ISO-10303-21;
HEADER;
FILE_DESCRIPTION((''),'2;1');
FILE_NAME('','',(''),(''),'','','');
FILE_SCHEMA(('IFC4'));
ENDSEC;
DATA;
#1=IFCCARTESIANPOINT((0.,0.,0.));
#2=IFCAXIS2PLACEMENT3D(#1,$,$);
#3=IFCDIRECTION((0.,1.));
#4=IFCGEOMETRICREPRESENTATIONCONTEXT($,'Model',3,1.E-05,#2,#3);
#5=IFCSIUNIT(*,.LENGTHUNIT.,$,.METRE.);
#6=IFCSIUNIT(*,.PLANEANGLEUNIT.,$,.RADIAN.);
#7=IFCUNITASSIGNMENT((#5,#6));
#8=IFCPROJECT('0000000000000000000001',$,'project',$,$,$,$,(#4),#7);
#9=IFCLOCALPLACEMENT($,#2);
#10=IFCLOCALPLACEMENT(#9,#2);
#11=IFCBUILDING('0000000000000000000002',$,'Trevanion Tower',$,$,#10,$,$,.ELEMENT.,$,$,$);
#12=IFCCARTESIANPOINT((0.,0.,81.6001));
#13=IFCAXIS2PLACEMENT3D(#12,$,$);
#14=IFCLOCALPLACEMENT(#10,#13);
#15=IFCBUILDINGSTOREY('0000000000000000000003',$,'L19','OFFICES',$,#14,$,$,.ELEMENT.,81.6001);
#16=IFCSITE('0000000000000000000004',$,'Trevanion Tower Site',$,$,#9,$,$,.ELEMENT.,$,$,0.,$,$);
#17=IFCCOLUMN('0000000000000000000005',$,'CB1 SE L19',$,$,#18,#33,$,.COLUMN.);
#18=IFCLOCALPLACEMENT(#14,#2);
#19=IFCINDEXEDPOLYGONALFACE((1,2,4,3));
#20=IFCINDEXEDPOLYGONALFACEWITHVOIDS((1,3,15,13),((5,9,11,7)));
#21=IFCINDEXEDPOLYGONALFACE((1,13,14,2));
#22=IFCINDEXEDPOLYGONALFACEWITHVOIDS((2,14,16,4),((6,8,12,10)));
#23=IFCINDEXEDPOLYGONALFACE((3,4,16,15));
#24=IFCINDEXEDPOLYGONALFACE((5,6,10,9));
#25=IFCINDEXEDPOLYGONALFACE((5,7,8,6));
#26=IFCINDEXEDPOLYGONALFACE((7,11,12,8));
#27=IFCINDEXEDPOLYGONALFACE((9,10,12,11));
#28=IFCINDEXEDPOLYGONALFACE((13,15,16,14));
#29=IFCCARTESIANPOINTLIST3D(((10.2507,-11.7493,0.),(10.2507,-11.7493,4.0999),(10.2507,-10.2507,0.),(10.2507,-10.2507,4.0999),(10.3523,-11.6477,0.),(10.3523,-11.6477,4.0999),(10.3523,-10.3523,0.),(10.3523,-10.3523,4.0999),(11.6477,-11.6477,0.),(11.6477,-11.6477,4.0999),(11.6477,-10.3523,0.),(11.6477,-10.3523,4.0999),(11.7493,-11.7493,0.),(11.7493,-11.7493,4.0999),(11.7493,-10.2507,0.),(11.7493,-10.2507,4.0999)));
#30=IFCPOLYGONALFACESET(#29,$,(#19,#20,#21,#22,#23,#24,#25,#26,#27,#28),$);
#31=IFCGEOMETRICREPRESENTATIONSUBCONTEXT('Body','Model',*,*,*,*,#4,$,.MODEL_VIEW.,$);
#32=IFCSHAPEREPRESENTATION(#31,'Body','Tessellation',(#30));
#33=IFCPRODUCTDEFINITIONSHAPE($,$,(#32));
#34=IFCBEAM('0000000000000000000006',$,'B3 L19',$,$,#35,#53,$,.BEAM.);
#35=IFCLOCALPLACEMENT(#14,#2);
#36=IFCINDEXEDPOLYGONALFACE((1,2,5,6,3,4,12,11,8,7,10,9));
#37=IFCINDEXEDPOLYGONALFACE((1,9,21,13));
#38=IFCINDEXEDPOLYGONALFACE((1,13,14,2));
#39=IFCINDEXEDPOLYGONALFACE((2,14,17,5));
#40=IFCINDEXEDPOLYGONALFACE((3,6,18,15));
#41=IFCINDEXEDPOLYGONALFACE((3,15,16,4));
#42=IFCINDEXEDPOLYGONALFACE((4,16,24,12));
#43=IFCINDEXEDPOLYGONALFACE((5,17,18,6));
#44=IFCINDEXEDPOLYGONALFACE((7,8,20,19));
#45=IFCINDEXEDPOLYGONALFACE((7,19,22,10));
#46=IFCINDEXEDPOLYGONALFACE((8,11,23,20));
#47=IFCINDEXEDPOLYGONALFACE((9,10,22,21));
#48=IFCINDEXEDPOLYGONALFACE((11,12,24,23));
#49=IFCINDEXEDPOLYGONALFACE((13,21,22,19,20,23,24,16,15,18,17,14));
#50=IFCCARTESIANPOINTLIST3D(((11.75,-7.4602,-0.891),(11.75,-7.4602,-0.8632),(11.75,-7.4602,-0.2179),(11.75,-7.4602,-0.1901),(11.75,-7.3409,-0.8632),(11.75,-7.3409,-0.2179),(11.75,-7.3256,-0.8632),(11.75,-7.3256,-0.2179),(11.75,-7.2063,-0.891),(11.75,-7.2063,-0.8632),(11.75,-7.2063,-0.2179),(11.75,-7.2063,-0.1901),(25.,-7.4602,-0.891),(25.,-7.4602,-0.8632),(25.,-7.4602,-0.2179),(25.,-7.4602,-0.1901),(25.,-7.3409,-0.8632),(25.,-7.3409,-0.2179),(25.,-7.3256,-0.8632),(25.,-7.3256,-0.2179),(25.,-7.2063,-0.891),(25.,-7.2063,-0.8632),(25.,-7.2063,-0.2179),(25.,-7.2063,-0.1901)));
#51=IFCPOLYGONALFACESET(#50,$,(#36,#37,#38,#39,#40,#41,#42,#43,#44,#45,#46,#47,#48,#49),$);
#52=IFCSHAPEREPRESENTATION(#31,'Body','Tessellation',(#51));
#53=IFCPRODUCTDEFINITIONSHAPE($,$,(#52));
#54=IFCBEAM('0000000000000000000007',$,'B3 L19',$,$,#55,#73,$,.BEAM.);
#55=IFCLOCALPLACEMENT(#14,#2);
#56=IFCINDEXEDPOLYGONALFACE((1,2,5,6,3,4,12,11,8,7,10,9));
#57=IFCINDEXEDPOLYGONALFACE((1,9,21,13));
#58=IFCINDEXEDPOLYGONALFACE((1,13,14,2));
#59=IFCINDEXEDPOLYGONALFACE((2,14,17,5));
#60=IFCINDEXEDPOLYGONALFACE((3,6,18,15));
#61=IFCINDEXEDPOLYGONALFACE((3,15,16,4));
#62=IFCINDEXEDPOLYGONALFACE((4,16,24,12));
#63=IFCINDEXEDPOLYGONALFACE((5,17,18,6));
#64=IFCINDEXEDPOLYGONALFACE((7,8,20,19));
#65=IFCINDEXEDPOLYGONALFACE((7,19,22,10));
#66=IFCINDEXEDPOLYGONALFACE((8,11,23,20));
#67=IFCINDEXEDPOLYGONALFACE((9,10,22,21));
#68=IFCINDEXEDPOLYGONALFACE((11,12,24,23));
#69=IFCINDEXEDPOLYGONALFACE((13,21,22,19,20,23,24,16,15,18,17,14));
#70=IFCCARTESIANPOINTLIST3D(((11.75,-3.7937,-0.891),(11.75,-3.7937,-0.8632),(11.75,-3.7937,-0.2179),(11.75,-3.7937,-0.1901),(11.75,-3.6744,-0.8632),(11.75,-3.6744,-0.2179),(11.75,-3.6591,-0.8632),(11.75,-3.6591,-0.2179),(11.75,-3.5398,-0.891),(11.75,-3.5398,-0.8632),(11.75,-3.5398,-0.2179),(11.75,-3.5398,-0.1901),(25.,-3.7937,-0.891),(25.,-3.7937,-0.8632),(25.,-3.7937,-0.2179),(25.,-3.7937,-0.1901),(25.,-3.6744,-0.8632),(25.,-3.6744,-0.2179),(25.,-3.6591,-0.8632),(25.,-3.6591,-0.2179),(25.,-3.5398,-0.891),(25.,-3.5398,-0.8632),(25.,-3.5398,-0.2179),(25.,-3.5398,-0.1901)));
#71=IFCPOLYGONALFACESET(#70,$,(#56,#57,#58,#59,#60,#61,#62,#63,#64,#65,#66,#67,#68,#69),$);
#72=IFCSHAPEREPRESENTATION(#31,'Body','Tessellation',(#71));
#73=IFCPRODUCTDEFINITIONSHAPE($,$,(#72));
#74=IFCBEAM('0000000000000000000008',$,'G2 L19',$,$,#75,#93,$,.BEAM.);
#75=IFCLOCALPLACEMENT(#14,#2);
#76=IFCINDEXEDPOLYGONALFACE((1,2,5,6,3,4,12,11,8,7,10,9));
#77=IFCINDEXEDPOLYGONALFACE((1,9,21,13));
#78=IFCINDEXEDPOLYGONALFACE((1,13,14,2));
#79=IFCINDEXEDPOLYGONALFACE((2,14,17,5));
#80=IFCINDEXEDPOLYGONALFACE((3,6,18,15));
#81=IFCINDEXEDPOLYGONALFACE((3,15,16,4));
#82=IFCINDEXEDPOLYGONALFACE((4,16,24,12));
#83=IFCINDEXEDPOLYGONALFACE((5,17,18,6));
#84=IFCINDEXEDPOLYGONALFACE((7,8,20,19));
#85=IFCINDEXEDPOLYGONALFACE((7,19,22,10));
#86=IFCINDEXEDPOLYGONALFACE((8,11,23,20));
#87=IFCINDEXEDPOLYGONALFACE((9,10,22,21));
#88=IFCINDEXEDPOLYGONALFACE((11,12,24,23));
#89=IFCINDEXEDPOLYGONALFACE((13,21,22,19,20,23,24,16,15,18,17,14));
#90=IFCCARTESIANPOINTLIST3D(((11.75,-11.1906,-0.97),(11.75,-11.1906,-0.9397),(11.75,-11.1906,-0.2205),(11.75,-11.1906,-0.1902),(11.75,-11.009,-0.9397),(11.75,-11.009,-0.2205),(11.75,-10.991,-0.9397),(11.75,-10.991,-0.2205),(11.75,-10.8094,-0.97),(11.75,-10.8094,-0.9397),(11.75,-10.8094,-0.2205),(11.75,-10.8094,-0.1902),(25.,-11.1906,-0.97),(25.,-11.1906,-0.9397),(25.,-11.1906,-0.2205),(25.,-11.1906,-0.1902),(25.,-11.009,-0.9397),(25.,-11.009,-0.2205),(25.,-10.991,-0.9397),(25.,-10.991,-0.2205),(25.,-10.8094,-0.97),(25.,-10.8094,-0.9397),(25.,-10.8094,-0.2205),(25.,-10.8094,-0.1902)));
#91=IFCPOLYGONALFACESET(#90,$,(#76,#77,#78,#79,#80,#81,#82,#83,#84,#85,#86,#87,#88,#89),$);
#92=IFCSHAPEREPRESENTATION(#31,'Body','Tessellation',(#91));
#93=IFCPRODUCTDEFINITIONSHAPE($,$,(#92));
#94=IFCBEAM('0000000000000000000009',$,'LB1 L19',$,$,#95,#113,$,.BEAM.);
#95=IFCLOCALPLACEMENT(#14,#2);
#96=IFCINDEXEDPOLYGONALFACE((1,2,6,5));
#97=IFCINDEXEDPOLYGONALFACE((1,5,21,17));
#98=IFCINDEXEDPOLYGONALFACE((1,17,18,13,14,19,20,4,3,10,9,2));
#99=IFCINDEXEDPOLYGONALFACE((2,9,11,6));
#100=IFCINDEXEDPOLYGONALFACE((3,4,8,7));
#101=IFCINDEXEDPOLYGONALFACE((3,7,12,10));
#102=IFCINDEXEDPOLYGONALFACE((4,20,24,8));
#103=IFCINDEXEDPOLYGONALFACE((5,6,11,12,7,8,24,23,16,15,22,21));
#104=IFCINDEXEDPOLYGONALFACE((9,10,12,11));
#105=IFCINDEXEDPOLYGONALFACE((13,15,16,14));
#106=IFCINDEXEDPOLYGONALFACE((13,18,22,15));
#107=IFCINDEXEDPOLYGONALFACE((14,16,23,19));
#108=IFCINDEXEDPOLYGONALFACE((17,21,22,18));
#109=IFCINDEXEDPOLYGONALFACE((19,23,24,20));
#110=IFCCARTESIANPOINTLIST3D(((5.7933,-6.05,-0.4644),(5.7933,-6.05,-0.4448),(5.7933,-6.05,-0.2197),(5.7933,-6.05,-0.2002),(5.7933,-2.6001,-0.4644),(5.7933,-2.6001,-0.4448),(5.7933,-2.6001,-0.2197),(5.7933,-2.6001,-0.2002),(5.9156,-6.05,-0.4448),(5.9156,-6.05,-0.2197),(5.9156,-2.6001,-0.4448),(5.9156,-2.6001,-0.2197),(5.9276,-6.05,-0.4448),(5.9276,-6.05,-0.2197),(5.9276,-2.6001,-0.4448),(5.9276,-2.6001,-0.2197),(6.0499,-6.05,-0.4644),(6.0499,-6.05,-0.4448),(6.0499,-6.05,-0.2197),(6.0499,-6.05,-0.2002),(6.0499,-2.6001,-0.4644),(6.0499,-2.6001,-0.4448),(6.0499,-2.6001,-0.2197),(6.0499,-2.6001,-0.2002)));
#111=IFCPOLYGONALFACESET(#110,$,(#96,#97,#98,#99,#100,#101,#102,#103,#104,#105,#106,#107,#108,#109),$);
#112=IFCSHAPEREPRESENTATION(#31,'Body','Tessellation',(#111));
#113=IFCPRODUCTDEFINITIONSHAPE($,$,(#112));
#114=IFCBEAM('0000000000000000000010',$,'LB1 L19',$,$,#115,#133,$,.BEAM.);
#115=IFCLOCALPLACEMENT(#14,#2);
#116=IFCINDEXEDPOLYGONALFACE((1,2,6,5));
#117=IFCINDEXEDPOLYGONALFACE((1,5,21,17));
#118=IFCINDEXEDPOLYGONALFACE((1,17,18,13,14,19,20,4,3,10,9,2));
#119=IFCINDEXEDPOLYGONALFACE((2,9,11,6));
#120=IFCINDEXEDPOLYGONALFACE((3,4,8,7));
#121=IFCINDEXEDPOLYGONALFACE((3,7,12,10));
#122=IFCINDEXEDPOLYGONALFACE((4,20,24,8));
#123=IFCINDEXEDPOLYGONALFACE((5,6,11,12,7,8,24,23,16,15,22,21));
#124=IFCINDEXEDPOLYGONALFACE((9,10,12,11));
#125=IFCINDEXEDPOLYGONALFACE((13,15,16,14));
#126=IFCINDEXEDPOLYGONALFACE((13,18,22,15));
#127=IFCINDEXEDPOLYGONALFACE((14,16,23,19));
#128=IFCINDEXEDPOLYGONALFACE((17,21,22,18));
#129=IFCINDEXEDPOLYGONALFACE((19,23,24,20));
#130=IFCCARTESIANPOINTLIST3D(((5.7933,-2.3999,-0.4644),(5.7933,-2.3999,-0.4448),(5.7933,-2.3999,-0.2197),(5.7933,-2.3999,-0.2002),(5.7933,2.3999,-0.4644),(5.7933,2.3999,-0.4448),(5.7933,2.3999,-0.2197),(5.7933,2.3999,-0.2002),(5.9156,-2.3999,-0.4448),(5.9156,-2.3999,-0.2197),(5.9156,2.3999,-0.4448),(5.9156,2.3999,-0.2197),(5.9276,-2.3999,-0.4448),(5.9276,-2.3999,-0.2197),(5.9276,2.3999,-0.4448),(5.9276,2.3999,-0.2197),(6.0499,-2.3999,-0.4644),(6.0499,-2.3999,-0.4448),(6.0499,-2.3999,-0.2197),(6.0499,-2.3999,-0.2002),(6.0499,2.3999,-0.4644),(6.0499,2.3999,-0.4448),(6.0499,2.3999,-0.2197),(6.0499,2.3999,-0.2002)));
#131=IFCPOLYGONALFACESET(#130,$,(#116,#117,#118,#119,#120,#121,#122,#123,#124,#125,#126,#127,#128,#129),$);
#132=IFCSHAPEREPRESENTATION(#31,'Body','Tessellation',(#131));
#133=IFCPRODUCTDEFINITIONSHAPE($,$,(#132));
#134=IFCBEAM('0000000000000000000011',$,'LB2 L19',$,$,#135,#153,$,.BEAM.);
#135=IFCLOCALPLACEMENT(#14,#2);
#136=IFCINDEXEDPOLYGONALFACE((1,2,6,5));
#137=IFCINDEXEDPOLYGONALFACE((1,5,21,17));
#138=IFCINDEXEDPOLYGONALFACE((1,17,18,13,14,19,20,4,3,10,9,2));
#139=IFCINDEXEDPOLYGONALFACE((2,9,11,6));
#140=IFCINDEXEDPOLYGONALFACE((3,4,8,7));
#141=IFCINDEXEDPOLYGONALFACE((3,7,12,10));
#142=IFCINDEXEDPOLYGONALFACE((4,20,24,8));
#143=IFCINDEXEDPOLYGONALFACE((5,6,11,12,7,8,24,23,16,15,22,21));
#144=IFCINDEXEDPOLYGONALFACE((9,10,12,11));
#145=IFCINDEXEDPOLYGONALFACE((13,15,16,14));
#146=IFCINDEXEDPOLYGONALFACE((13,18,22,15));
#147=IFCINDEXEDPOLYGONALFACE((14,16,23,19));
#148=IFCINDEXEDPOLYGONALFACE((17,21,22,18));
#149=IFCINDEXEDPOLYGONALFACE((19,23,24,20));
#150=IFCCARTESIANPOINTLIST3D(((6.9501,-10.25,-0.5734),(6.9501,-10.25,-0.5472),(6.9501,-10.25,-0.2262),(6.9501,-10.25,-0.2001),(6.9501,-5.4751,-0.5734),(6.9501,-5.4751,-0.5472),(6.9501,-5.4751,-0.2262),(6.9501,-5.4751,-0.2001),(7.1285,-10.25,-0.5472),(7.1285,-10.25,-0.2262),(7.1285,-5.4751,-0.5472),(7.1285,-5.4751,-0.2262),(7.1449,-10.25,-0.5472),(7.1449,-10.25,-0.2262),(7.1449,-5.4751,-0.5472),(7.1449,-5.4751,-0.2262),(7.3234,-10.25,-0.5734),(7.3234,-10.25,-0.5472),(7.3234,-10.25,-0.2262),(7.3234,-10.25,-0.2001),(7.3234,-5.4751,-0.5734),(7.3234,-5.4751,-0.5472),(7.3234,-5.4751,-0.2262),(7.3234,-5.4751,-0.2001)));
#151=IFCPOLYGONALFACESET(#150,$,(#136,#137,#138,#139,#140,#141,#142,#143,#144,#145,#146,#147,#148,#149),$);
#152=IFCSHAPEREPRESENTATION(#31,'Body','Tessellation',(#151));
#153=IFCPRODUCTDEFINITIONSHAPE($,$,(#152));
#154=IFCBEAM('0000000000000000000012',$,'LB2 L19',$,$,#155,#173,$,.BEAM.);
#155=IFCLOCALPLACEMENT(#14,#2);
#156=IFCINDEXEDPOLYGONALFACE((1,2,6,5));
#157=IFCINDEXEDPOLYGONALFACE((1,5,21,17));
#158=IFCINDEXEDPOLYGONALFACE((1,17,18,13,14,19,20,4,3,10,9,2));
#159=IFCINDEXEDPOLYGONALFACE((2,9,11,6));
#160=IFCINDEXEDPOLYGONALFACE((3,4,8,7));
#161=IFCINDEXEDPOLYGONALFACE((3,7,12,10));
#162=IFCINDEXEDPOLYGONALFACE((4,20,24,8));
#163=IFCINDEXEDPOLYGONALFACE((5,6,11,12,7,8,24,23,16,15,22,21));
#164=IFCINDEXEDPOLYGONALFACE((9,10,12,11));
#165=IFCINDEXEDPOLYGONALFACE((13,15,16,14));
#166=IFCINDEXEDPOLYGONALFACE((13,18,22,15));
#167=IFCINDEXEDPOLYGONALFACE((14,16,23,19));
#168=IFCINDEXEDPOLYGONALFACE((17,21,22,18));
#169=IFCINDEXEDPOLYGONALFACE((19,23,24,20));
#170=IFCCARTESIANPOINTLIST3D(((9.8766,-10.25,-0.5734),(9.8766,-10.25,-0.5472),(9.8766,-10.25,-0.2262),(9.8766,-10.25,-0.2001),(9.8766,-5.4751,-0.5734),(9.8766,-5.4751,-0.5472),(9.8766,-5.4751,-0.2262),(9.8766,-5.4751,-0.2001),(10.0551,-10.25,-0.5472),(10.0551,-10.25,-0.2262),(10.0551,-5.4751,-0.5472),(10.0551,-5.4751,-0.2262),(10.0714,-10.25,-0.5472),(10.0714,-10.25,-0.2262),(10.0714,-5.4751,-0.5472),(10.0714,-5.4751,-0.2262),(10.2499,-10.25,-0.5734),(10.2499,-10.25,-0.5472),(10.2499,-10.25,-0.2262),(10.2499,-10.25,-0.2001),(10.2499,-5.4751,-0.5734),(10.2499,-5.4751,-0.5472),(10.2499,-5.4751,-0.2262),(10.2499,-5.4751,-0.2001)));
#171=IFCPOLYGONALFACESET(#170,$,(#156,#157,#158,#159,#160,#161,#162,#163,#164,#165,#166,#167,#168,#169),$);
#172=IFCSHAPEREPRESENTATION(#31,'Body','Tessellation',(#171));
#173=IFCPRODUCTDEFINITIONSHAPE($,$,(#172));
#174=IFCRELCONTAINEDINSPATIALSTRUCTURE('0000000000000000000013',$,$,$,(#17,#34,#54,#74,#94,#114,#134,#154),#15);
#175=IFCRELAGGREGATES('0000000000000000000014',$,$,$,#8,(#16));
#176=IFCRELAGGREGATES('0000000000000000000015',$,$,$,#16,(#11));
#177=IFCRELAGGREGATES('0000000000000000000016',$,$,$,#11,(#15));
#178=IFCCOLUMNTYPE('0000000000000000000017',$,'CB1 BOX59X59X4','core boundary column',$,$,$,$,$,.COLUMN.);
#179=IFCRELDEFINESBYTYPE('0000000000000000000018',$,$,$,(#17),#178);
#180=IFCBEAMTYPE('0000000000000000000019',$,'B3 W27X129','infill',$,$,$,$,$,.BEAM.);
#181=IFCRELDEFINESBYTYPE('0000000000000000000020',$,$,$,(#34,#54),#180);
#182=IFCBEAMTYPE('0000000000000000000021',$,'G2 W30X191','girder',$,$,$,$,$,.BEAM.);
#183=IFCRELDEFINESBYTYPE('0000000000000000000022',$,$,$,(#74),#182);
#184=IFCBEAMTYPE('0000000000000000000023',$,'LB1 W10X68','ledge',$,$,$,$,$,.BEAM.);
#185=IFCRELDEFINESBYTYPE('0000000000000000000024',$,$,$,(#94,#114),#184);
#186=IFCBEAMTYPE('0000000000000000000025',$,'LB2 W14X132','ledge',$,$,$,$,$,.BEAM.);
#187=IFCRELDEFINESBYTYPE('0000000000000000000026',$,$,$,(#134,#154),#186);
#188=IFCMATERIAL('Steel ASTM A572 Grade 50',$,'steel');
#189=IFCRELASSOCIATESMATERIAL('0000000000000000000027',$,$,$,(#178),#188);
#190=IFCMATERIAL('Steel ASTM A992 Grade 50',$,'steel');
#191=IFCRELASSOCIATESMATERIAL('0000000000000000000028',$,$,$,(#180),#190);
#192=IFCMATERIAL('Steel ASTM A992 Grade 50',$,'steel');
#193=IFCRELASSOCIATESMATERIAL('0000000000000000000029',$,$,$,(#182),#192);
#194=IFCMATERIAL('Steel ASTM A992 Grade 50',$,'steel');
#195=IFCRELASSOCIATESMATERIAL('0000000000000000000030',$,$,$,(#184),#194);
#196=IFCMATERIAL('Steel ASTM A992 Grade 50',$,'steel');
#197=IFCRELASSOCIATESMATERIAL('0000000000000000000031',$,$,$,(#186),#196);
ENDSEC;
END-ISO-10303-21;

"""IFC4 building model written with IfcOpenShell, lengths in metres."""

from ifc_helpers import new_model, si_unit, direction, frame, origin, origin_2d, place, context, subcontext, project, spatial, hollow_rectangle, i_section, extrude, material, material_profile, profile_set, type_object, element, save


model = new_model("IFC4")

# Units and contexts
model_context = context("Model", 3, precision=1e-05, world=origin(), true_north=direction((0.0, 1.0)))
body_context = subcontext(model_context, "Body", "Model", "MODEL_VIEW")
ifc_project = project(units=[si_unit("LENGTHUNIT", "METRE"), si_unit("PLANEANGLEUNIT", "RADIAN")], contexts=[model_context])

# Site, building, storey
site_placement = place(None, origin())
site = spatial("IfcSite", under=ifc_project, at=site_placement, Name="Trevanion Tower Site", CompositionType="ELEMENT", RefElevation=0.0)
building_placement = place(site_placement, origin())
building = spatial("IfcBuilding", under=site, at=building_placement, Name="Trevanion Tower", CompositionType="ELEMENT")
storey_placement = place(building_placement, frame((0.0, 0.0, 81.6001)))
storey = spatial("IfcBuildingStorey", under=building, at=storey_placement, Name="L19", Description="OFFICES", CompositionType="ELEMENT", Elevation=81.6001)

# Column
ifc_material_1 = material(Name="Steel ASTM A572 Grade 50", Category="steel")
ifc_material_profile_1 = material_profile(ifc_material_1, hollow_rectangle(XDim=1.4985, YDim=1.4985, WallThickness=0.1016, at=origin_2d()), Name="BOX59X59X4")
ifc_profile_set_1 = profile_set([ifc_material_profile_1], Name="Steel ASTM A572 Grade 50")
column_type = type_object("IfcColumnType", Name="CB1 BOX59X59X4", Description="core boundary column", PredefinedType="COLUMN", material=ifc_profile_set_1)
column_placement = place(storey_placement, frame((11.0, -11.0, 0.0), z_axis=(0.0, 0.0, 1.0), x_axis=(1.0, 0.0, 0.0)))
element("IfcColumn", 1, at=column_placement, inside=storey, type_object=column_type, Name="CB1 SE L19", PredefinedType="COLUMN", context=body_context, shape_type="SweptSolid", body=[
    extrude(hollow_rectangle(XDim=1.4985, YDim=1.4985, WallThickness=0.1016, at=origin_2d()), origin(), (0.0, 0.0, 1.0), 4.0999),
])

# Beams
ifc_material_2 = material(Name="Steel ASTM A992 Grade 50", Category="steel")
ifc_material_profile_2 = material_profile(ifc_material_2, i_section(OverallWidth=0.2539, OverallDepth=0.7009, WebThickness=0.0154, FlangeThickness=0.0278, at=origin_2d()), Name="W27X129")
ifc_profile_set_2 = profile_set([ifc_material_profile_2], Name="Steel ASTM A992 Grade 50")
beam_type_1 = type_object("IfcBeamType", Name="B3 W27X129", Description="infill", PredefinedType="BEAM", material=ifc_profile_set_2)
for number, where, z_axis, x_axis, name in (
    (2, (11.75, -7.3333, -0.5405), (1.0, 0.0, 0.0), (0.0, 1.0, 0.0), "B3 L19"),
    (3, (11.75, -3.6667, -0.5405), (1.0, 0.0, 0.0), (0.0, 1.0, 0.0), "B3 L19"),
):
    element("IfcBeam", number, at=place(storey_placement, frame(where, z_axis=z_axis, x_axis=x_axis)), inside=storey, type_object=beam_type_1, Name=name, PredefinedType="BEAM", context=body_context, shape_type="SweptSolid", body=[
        extrude(i_section(OverallWidth=0.2539, OverallDepth=0.7009, WebThickness=0.0154, FlangeThickness=0.0278, at=origin_2d()), origin(), (0.0, 0.0, 1.0), 13.25),
    ])
ifc_material_3 = material(Name="Steel ASTM A992 Grade 50", Category="steel")
ifc_material_profile_3 = material_profile(ifc_material_3, i_section(OverallWidth=0.3811, OverallDepth=0.7798, WebThickness=0.0181, FlangeThickness=0.0303, at=origin_2d()), Name="W30X191")
ifc_profile_set_3 = profile_set([ifc_material_profile_3], Name="Steel ASTM A992 Grade 50")
beam_type_2 = type_object("IfcBeamType", Name="G2 W30X191", Description="girder", PredefinedType="BEAM", material=ifc_profile_set_3)
beam_1_placement = place(storey_placement, frame((11.75, -11.0, -0.5801), z_axis=(1.0, 0.0, 0.0), x_axis=(0.0, 1.0, 0.0)))
element("IfcBeam", 4, at=beam_1_placement, inside=storey, type_object=beam_type_2, Name="G2 L19", PredefinedType="BEAM", context=body_context, shape_type="SweptSolid", body=[
    extrude(i_section(OverallWidth=0.3811, OverallDepth=0.7798, WebThickness=0.0181, FlangeThickness=0.0303, at=origin_2d()), origin(), (0.0, 0.0, 1.0), 13.25),
])
ifc_material_4 = material(Name="Steel ASTM A992 Grade 50", Category="steel")
ifc_material_profile_4 = material_profile(ifc_material_4, i_section(OverallWidth=0.2566, OverallDepth=0.2642, WebThickness=0.012, FlangeThickness=0.0195, at=origin_2d()), Name="W10X68")
ifc_profile_set_4 = profile_set([ifc_material_profile_4], Name="Steel ASTM A992 Grade 50")
beam_type_3 = type_object("IfcBeamType", Name="LB1 W10X68", Description="ledge", PredefinedType="BEAM", material=ifc_profile_set_4)
beam_2_placement = place(storey_placement, frame((5.9216, -6.05, -0.3323), z_axis=(0.0, 1.0, 0.0), x_axis=(-1.0, 0.0, 0.0)))
element("IfcBeam", 5, at=beam_2_placement, inside=storey, type_object=beam_type_3, Name="LB1 L19", PredefinedType="BEAM", context=body_context, shape_type="SweptSolid", body=[
    extrude(i_section(OverallWidth=0.2566, OverallDepth=0.2642, WebThickness=0.012, FlangeThickness=0.0195, at=origin_2d()), origin(), (0.0, 0.0, 1.0), 3.45),
])
beam_3_placement = place(storey_placement, frame((5.9216, -2.3999, -0.3323), z_axis=(0.0, 1.0, 0.0), x_axis=(-1.0, 0.0, 0.0)))
element("IfcBeam", 6, at=beam_3_placement, inside=storey, type_object=beam_type_3, Name="LB1 L19", PredefinedType="BEAM", context=body_context, shape_type="SweptSolid", body=[
    extrude(i_section(OverallWidth=0.2566, OverallDepth=0.2642, WebThickness=0.012, FlangeThickness=0.0195, at=origin_2d()), origin(), (0.0, 0.0, 1.0), 4.7998),
])
ifc_material_5 = material(Name="Steel ASTM A992 Grade 50", Category="steel")
ifc_material_profile_5 = material_profile(ifc_material_5, i_section(OverallWidth=0.3733, OverallDepth=0.3733, WebThickness=0.0164, FlangeThickness=0.0261, at=origin_2d()), Name="W14X132")
ifc_profile_set_5 = profile_set([ifc_material_profile_5], Name="Steel ASTM A992 Grade 50")
beam_type_4 = type_object("IfcBeamType", Name="LB2 W14X132", Description="ledge", PredefinedType="BEAM", material=ifc_profile_set_5)
for number, where, z_axis, x_axis, name in (
    (7, (7.1367, -10.25, -0.3867), (0.0, 1.0, 0.0), (-1.0, 0.0, 0.0), "LB2 L19"),
    (8, (10.0632, -10.25, -0.3867), (0.0, 1.0, 0.0), (-1.0, 0.0, 0.0), "LB2 L19"),
):
    element("IfcBeam", number, at=place(storey_placement, frame(where, z_axis=z_axis, x_axis=x_axis)), inside=storey, type_object=beam_type_4, Name=name, PredefinedType="BEAM", context=body_context, shape_type="SweptSolid", body=[
        extrude(i_section(OverallWidth=0.3733, OverallDepth=0.3733, WebThickness=0.0164, FlangeThickness=0.0261, at=origin_2d()), origin(), (0.0, 0.0, 1.0), 4.7749),
    ])

save(model, "model.ifc")
